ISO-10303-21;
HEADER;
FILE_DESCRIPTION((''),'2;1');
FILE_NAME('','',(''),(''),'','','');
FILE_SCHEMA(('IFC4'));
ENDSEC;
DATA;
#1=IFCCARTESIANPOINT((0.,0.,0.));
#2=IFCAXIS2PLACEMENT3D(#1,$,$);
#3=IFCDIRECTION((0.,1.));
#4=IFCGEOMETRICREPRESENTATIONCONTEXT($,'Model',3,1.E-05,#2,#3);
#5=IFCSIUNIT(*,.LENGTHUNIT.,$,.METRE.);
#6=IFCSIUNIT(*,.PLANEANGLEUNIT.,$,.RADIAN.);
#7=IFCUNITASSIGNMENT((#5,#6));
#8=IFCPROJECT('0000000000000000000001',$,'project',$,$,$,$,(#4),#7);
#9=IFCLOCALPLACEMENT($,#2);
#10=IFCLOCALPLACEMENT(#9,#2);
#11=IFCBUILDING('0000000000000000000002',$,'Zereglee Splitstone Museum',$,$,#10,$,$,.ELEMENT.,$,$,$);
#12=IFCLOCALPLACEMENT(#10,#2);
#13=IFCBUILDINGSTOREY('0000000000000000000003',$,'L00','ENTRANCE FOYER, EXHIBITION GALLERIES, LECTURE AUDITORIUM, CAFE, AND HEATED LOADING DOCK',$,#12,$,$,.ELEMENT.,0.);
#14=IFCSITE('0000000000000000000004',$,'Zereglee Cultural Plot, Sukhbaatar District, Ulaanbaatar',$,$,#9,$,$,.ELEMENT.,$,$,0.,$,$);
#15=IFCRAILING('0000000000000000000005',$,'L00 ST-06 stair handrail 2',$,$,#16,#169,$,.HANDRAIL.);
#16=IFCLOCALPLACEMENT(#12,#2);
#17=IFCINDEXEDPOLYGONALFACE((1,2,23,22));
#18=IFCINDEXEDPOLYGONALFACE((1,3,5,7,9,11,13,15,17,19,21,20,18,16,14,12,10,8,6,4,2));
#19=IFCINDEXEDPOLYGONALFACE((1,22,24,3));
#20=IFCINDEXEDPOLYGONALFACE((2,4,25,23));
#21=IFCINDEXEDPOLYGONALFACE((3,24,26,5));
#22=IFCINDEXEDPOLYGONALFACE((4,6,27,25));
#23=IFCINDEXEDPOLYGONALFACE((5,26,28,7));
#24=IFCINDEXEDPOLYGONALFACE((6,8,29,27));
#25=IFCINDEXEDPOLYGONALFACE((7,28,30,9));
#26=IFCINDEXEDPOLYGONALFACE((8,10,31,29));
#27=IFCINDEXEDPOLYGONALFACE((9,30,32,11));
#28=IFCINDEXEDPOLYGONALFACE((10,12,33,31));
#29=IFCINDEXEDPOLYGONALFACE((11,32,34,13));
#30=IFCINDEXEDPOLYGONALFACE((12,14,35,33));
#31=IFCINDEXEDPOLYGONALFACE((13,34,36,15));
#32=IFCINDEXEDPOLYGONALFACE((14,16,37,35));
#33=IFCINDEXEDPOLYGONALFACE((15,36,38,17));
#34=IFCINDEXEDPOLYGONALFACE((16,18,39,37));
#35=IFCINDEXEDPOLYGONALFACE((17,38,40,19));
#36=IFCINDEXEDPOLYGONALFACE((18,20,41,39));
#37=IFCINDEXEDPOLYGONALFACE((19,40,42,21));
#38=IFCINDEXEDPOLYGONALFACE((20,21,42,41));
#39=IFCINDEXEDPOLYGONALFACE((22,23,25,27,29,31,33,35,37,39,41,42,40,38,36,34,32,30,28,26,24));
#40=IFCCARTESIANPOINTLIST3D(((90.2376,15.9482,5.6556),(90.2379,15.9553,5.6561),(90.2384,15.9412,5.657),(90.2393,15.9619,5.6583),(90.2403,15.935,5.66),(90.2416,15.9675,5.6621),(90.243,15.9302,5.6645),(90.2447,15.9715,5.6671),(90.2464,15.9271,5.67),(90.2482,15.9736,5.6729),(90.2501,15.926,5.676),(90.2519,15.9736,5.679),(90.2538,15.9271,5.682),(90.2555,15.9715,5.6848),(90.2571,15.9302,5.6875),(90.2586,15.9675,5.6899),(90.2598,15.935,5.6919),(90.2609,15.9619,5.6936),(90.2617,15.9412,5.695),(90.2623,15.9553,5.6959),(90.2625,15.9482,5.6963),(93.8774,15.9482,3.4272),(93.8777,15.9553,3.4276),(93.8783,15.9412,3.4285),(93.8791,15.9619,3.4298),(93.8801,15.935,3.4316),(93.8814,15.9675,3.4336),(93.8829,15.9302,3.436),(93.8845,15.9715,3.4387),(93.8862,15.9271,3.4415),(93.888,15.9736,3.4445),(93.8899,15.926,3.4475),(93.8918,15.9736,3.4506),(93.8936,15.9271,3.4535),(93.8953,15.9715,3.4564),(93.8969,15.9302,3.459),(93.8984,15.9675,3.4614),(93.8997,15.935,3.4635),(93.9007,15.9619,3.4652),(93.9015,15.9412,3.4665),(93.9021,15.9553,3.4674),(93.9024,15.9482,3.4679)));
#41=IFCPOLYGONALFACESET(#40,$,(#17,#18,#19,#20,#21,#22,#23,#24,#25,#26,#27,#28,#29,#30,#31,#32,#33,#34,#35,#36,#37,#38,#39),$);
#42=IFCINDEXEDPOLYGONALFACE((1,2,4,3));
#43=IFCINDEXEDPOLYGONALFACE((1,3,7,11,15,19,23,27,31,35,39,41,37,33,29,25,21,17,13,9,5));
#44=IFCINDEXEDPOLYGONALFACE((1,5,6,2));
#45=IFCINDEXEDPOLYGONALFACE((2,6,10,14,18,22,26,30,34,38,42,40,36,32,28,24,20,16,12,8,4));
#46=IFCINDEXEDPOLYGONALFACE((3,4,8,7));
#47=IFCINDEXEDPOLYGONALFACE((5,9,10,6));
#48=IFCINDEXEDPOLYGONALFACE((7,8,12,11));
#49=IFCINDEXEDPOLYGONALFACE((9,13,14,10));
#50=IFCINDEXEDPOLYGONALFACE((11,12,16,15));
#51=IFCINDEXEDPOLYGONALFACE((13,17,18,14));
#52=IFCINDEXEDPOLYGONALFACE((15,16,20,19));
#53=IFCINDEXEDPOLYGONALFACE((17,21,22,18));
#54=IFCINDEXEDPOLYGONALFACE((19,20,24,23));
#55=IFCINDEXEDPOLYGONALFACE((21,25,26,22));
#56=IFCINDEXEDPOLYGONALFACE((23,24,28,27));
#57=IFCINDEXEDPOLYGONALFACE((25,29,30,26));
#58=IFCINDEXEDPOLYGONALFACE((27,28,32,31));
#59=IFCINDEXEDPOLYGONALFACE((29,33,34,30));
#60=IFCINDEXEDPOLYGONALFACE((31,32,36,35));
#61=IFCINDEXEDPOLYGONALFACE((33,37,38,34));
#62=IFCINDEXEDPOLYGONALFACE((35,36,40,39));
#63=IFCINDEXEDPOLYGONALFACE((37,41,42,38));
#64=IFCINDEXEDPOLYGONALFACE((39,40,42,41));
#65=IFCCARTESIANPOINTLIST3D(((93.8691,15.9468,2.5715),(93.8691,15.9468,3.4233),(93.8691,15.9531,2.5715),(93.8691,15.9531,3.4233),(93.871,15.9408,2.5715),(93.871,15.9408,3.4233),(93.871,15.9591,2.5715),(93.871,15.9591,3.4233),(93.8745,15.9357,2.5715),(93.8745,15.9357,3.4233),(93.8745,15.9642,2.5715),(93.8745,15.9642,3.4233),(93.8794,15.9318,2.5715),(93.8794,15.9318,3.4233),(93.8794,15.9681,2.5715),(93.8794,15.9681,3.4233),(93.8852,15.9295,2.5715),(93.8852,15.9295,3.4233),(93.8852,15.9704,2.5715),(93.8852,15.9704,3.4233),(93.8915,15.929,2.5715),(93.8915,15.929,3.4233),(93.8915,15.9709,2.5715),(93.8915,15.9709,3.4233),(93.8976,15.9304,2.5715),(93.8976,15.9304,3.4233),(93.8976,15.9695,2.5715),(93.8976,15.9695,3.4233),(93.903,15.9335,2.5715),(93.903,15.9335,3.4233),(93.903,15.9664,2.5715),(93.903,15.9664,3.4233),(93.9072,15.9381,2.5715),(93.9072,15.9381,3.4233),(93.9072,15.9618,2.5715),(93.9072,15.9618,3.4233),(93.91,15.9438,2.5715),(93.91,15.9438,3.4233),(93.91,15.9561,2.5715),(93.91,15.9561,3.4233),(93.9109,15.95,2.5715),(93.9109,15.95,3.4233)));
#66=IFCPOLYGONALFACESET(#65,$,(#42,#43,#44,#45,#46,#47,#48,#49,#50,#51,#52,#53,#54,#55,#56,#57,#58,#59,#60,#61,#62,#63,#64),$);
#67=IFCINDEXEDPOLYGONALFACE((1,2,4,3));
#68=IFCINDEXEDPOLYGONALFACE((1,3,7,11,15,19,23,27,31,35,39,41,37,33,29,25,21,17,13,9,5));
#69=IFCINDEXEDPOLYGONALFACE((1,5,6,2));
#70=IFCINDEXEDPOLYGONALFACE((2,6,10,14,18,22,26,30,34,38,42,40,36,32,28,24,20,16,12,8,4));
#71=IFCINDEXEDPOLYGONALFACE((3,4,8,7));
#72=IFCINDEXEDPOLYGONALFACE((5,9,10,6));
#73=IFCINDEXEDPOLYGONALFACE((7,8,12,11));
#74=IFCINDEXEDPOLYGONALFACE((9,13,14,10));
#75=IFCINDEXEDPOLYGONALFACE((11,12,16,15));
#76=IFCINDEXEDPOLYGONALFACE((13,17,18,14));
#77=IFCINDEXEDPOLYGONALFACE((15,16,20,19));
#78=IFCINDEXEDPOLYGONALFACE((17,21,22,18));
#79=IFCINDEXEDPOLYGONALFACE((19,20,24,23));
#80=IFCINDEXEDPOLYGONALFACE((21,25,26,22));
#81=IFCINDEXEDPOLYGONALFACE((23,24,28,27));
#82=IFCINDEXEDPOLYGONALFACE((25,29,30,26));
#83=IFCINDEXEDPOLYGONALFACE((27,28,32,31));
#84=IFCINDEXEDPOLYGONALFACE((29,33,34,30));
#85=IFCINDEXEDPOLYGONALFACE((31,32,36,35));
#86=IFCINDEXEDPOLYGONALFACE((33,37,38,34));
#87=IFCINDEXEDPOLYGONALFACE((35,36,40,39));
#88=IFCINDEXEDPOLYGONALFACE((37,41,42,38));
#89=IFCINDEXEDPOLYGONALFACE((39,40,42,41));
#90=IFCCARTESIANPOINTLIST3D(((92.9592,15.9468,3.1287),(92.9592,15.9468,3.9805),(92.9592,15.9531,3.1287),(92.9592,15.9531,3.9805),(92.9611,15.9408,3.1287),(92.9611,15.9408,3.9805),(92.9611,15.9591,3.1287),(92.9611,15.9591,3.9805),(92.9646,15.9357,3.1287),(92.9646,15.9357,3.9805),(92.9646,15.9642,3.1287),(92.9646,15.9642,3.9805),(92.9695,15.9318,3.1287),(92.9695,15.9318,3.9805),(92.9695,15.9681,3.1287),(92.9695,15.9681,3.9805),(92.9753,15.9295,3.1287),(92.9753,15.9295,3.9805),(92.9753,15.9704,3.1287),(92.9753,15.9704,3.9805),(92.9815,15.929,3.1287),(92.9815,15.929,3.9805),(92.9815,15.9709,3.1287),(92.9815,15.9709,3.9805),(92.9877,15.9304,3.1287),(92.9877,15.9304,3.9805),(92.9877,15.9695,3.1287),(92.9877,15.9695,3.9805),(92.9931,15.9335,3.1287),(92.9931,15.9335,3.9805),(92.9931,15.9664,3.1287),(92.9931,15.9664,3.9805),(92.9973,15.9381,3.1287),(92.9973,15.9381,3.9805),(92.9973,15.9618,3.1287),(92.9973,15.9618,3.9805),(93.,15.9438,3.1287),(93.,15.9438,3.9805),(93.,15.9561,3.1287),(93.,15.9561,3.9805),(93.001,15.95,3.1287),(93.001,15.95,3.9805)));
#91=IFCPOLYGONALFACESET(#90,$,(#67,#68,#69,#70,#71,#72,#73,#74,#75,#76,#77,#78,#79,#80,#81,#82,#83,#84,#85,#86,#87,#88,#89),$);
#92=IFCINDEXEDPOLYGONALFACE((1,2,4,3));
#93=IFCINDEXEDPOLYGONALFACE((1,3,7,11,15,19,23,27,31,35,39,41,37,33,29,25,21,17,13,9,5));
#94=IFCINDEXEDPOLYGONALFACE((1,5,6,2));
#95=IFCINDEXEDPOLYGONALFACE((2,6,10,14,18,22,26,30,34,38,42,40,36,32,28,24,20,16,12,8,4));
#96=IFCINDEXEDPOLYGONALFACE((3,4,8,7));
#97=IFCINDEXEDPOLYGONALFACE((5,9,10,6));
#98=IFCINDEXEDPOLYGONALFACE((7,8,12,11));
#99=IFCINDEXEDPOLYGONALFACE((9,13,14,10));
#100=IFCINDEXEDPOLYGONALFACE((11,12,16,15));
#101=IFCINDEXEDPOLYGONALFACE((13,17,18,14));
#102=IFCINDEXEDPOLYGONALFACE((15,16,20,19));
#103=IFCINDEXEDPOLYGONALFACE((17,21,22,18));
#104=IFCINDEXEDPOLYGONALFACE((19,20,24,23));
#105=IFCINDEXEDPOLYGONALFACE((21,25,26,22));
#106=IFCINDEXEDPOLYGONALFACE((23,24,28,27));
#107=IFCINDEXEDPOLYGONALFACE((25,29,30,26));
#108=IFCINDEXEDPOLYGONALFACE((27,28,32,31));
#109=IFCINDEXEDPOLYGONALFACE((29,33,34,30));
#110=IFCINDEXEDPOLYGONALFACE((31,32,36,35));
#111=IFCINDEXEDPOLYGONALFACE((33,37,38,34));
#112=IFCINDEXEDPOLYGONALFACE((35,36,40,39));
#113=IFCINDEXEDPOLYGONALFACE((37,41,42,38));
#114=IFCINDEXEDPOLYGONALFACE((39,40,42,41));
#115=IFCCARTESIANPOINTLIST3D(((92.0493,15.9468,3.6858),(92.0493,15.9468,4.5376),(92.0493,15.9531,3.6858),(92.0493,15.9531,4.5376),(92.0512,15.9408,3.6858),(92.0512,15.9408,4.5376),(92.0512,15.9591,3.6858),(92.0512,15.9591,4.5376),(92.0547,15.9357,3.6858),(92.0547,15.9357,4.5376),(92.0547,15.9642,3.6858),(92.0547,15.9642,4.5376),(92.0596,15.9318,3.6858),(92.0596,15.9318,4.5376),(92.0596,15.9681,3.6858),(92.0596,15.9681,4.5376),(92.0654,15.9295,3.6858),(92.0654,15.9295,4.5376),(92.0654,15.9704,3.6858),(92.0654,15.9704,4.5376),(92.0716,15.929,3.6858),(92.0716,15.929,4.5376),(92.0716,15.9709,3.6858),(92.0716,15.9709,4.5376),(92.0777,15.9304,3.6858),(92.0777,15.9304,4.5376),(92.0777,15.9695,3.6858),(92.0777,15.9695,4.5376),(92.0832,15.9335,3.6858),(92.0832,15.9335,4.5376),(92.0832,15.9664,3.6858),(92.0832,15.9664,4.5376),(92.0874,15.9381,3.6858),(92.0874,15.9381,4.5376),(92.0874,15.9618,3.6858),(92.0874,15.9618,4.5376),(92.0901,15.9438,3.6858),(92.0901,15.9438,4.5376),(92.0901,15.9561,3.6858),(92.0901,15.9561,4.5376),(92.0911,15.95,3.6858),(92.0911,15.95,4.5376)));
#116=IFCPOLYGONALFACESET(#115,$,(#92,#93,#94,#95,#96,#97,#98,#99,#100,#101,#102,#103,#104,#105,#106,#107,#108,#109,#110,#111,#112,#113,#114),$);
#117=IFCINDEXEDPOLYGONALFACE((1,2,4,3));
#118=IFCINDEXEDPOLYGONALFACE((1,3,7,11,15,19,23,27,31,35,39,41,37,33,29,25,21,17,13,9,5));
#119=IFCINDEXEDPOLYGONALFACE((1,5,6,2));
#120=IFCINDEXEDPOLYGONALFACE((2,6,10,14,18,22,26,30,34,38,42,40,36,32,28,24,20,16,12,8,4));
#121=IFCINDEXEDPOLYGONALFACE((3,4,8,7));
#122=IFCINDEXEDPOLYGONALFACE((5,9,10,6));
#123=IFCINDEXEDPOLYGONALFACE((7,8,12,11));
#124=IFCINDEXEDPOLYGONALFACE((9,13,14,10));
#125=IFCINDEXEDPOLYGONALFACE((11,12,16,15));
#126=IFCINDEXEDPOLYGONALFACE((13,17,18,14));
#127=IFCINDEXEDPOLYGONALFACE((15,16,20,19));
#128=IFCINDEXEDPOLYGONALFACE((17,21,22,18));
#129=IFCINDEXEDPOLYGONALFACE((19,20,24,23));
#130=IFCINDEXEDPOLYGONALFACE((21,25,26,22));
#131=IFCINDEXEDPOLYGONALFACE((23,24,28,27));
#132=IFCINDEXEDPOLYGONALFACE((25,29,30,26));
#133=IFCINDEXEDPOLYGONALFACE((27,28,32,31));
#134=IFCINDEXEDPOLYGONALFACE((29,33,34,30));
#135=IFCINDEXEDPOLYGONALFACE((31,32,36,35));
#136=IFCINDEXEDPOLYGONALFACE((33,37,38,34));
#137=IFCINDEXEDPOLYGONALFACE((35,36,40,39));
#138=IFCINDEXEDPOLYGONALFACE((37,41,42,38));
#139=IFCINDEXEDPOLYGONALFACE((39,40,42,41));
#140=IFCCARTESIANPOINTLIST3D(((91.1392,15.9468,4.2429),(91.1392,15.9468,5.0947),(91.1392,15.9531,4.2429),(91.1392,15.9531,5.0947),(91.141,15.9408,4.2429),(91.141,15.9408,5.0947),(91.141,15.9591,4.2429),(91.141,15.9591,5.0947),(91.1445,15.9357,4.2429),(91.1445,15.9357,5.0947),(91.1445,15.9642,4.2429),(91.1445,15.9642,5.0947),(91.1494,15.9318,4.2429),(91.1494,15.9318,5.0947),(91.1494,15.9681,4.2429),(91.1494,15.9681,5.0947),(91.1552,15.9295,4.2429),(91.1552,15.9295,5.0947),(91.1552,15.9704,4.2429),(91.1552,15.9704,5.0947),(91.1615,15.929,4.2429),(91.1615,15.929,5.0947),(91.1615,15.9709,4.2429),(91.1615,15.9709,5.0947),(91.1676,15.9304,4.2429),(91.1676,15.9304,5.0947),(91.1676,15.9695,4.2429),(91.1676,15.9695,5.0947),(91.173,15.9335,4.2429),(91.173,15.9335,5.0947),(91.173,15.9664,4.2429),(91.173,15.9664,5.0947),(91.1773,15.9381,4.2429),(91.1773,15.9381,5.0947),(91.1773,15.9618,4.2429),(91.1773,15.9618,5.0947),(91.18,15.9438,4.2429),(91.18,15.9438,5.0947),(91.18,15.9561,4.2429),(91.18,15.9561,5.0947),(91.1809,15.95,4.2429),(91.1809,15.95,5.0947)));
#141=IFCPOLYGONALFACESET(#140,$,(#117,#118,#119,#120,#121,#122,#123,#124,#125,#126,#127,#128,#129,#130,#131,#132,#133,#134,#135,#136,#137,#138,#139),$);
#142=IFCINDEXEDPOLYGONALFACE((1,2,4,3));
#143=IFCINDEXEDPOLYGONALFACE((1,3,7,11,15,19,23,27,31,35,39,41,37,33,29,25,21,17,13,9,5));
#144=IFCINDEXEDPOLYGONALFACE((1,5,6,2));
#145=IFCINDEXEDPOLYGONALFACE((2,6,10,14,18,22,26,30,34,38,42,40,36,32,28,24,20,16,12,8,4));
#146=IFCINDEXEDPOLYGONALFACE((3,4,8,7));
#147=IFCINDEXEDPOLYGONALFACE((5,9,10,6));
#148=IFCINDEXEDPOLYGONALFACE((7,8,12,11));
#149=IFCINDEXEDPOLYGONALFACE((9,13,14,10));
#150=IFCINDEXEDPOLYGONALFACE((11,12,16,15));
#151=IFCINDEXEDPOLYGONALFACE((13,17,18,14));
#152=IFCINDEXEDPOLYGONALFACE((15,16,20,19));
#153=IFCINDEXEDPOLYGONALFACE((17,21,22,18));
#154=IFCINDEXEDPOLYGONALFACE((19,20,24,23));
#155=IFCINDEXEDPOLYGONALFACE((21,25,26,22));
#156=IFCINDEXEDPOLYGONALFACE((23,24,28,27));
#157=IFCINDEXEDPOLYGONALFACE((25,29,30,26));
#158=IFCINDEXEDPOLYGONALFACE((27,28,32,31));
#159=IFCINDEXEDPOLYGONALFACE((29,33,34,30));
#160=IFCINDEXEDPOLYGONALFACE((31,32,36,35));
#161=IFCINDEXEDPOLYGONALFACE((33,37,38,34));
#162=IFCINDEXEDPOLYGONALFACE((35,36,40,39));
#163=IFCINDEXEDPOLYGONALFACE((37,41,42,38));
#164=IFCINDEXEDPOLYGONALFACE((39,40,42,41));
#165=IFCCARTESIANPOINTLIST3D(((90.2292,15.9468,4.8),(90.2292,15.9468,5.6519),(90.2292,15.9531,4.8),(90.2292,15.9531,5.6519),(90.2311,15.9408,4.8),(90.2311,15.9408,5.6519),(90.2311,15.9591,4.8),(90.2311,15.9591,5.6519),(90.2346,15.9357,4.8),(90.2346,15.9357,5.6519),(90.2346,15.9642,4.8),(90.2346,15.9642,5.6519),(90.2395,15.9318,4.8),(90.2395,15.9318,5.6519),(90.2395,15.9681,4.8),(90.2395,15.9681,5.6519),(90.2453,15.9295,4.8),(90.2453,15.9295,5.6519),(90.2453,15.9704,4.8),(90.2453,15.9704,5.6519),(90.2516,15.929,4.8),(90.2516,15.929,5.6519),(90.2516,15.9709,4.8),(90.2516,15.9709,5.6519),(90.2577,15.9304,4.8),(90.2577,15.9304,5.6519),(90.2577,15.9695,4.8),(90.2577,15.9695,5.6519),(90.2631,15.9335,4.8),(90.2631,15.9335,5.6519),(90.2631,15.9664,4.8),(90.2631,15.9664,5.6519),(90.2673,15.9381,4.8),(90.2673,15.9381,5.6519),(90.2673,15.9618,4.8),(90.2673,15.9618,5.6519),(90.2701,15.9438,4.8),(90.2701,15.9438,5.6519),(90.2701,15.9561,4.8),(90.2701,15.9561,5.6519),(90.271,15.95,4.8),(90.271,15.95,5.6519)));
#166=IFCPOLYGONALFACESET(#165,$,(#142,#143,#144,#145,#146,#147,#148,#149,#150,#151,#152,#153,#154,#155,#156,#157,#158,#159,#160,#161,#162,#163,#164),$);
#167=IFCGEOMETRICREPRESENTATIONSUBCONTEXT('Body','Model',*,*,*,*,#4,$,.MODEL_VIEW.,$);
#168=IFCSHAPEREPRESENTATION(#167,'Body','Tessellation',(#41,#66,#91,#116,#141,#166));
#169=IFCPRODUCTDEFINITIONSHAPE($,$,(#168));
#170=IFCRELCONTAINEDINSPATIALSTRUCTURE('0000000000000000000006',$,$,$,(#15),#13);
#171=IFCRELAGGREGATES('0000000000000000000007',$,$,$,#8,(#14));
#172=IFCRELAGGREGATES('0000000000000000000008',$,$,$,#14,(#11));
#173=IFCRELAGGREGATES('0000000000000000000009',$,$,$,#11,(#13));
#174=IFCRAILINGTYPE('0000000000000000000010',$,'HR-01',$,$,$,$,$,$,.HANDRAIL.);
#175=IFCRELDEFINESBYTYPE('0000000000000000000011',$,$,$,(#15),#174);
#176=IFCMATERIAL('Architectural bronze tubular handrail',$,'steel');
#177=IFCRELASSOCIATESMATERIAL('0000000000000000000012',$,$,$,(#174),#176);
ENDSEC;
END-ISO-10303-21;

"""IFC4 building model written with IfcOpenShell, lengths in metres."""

from ifc_helpers import new_model, si_unit, direction, frame, origin, origin_2d, place, context, subcontext, project, spatial, circle, extrude, material, type_object, element, save


model = new_model("IFC4")

# Units and contexts
model_context = context("Model", 3, precision=1e-05, world=origin(), true_north=direction((0.0, 1.0)))
body_context = subcontext(model_context, "Body", "Model", "MODEL_VIEW")
ifc_project = project(units=[si_unit("LENGTHUNIT", "METRE"), si_unit("PLANEANGLEUNIT", "RADIAN")], contexts=[model_context])

# Site, building, storey
site_placement = place(None, origin())
site = spatial("IfcSite", under=ifc_project, at=site_placement, Name="Zereglee Cultural Plot, Sukhbaatar District, Ulaanbaatar", CompositionType="ELEMENT", RefElevation=0.0)
building_placement = place(site_placement, origin())
building = spatial("IfcBuilding", under=site, at=building_placement, Name="Zereglee Splitstone Museum", CompositionType="ELEMENT")
storey_placement = place(building_placement, origin())
storey = spatial("IfcBuildingStorey", under=building, at=storey_placement, Name="L00", Description="ENTRANCE FOYER, EXHIBITION GALLERIES, LECTURE AUDITORIUM, CAFE, AND HEATED LOADING DOCK", CompositionType="ELEMENT", Elevation=0.0)

# Railing
ifc_material_1 = material(Name="Architectural bronze tubular handrail", Category="steel")
railing_type_1 = type_object("IfcRailingType", Name="HR-01", PredefinedType="HANDRAIL", material=ifc_material_1)
railing_1_placement = place(storey_placement, frame((93.8899, 15.95, 2.5715)))
element("IfcRailing", 1, at=railing_1_placement, inside=storey, type_object=railing_type_1, Name="L00 ST-06 stair handrail 2", PredefinedType="HANDRAIL", context=body_context, shape_type="SweptSolid", body=[
    extrude(circle(Radius=0.0239, at=origin_2d()), frame((0.0, 0.0, 0.876), z_axis=(-0.85285, 0.0, 0.522156), x_axis=(0.0, -1.0, 0.0)), (0.0, 0.0, 1.0), 4.2678),
    extrude(circle(Radius=0.021, at=origin_2d()), origin(), (0.0, 0.0, 1.0), 0.8518),
    extrude(circle(Radius=0.021, at=origin_2d()), frame((-0.9099, 0.0, 0.5571)), (0.0, 0.0, 1.0), 0.8518),
    extrude(circle(Radius=0.021, at=origin_2d()), frame((-1.8198, 0.0, 1.1143)), (0.0, 0.0, 1.0), 0.8518),
    extrude(circle(Radius=0.021, at=origin_2d()), frame((-2.73, 0.0, 1.6714)), (0.0, 0.0, 1.0), 0.8518),
    extrude(circle(Radius=0.021, at=origin_2d()), frame((-3.6399, 0.0, 2.2285)), (0.0, 0.0, 1.0), 0.8518),
])

save(model, "model.ifc")
